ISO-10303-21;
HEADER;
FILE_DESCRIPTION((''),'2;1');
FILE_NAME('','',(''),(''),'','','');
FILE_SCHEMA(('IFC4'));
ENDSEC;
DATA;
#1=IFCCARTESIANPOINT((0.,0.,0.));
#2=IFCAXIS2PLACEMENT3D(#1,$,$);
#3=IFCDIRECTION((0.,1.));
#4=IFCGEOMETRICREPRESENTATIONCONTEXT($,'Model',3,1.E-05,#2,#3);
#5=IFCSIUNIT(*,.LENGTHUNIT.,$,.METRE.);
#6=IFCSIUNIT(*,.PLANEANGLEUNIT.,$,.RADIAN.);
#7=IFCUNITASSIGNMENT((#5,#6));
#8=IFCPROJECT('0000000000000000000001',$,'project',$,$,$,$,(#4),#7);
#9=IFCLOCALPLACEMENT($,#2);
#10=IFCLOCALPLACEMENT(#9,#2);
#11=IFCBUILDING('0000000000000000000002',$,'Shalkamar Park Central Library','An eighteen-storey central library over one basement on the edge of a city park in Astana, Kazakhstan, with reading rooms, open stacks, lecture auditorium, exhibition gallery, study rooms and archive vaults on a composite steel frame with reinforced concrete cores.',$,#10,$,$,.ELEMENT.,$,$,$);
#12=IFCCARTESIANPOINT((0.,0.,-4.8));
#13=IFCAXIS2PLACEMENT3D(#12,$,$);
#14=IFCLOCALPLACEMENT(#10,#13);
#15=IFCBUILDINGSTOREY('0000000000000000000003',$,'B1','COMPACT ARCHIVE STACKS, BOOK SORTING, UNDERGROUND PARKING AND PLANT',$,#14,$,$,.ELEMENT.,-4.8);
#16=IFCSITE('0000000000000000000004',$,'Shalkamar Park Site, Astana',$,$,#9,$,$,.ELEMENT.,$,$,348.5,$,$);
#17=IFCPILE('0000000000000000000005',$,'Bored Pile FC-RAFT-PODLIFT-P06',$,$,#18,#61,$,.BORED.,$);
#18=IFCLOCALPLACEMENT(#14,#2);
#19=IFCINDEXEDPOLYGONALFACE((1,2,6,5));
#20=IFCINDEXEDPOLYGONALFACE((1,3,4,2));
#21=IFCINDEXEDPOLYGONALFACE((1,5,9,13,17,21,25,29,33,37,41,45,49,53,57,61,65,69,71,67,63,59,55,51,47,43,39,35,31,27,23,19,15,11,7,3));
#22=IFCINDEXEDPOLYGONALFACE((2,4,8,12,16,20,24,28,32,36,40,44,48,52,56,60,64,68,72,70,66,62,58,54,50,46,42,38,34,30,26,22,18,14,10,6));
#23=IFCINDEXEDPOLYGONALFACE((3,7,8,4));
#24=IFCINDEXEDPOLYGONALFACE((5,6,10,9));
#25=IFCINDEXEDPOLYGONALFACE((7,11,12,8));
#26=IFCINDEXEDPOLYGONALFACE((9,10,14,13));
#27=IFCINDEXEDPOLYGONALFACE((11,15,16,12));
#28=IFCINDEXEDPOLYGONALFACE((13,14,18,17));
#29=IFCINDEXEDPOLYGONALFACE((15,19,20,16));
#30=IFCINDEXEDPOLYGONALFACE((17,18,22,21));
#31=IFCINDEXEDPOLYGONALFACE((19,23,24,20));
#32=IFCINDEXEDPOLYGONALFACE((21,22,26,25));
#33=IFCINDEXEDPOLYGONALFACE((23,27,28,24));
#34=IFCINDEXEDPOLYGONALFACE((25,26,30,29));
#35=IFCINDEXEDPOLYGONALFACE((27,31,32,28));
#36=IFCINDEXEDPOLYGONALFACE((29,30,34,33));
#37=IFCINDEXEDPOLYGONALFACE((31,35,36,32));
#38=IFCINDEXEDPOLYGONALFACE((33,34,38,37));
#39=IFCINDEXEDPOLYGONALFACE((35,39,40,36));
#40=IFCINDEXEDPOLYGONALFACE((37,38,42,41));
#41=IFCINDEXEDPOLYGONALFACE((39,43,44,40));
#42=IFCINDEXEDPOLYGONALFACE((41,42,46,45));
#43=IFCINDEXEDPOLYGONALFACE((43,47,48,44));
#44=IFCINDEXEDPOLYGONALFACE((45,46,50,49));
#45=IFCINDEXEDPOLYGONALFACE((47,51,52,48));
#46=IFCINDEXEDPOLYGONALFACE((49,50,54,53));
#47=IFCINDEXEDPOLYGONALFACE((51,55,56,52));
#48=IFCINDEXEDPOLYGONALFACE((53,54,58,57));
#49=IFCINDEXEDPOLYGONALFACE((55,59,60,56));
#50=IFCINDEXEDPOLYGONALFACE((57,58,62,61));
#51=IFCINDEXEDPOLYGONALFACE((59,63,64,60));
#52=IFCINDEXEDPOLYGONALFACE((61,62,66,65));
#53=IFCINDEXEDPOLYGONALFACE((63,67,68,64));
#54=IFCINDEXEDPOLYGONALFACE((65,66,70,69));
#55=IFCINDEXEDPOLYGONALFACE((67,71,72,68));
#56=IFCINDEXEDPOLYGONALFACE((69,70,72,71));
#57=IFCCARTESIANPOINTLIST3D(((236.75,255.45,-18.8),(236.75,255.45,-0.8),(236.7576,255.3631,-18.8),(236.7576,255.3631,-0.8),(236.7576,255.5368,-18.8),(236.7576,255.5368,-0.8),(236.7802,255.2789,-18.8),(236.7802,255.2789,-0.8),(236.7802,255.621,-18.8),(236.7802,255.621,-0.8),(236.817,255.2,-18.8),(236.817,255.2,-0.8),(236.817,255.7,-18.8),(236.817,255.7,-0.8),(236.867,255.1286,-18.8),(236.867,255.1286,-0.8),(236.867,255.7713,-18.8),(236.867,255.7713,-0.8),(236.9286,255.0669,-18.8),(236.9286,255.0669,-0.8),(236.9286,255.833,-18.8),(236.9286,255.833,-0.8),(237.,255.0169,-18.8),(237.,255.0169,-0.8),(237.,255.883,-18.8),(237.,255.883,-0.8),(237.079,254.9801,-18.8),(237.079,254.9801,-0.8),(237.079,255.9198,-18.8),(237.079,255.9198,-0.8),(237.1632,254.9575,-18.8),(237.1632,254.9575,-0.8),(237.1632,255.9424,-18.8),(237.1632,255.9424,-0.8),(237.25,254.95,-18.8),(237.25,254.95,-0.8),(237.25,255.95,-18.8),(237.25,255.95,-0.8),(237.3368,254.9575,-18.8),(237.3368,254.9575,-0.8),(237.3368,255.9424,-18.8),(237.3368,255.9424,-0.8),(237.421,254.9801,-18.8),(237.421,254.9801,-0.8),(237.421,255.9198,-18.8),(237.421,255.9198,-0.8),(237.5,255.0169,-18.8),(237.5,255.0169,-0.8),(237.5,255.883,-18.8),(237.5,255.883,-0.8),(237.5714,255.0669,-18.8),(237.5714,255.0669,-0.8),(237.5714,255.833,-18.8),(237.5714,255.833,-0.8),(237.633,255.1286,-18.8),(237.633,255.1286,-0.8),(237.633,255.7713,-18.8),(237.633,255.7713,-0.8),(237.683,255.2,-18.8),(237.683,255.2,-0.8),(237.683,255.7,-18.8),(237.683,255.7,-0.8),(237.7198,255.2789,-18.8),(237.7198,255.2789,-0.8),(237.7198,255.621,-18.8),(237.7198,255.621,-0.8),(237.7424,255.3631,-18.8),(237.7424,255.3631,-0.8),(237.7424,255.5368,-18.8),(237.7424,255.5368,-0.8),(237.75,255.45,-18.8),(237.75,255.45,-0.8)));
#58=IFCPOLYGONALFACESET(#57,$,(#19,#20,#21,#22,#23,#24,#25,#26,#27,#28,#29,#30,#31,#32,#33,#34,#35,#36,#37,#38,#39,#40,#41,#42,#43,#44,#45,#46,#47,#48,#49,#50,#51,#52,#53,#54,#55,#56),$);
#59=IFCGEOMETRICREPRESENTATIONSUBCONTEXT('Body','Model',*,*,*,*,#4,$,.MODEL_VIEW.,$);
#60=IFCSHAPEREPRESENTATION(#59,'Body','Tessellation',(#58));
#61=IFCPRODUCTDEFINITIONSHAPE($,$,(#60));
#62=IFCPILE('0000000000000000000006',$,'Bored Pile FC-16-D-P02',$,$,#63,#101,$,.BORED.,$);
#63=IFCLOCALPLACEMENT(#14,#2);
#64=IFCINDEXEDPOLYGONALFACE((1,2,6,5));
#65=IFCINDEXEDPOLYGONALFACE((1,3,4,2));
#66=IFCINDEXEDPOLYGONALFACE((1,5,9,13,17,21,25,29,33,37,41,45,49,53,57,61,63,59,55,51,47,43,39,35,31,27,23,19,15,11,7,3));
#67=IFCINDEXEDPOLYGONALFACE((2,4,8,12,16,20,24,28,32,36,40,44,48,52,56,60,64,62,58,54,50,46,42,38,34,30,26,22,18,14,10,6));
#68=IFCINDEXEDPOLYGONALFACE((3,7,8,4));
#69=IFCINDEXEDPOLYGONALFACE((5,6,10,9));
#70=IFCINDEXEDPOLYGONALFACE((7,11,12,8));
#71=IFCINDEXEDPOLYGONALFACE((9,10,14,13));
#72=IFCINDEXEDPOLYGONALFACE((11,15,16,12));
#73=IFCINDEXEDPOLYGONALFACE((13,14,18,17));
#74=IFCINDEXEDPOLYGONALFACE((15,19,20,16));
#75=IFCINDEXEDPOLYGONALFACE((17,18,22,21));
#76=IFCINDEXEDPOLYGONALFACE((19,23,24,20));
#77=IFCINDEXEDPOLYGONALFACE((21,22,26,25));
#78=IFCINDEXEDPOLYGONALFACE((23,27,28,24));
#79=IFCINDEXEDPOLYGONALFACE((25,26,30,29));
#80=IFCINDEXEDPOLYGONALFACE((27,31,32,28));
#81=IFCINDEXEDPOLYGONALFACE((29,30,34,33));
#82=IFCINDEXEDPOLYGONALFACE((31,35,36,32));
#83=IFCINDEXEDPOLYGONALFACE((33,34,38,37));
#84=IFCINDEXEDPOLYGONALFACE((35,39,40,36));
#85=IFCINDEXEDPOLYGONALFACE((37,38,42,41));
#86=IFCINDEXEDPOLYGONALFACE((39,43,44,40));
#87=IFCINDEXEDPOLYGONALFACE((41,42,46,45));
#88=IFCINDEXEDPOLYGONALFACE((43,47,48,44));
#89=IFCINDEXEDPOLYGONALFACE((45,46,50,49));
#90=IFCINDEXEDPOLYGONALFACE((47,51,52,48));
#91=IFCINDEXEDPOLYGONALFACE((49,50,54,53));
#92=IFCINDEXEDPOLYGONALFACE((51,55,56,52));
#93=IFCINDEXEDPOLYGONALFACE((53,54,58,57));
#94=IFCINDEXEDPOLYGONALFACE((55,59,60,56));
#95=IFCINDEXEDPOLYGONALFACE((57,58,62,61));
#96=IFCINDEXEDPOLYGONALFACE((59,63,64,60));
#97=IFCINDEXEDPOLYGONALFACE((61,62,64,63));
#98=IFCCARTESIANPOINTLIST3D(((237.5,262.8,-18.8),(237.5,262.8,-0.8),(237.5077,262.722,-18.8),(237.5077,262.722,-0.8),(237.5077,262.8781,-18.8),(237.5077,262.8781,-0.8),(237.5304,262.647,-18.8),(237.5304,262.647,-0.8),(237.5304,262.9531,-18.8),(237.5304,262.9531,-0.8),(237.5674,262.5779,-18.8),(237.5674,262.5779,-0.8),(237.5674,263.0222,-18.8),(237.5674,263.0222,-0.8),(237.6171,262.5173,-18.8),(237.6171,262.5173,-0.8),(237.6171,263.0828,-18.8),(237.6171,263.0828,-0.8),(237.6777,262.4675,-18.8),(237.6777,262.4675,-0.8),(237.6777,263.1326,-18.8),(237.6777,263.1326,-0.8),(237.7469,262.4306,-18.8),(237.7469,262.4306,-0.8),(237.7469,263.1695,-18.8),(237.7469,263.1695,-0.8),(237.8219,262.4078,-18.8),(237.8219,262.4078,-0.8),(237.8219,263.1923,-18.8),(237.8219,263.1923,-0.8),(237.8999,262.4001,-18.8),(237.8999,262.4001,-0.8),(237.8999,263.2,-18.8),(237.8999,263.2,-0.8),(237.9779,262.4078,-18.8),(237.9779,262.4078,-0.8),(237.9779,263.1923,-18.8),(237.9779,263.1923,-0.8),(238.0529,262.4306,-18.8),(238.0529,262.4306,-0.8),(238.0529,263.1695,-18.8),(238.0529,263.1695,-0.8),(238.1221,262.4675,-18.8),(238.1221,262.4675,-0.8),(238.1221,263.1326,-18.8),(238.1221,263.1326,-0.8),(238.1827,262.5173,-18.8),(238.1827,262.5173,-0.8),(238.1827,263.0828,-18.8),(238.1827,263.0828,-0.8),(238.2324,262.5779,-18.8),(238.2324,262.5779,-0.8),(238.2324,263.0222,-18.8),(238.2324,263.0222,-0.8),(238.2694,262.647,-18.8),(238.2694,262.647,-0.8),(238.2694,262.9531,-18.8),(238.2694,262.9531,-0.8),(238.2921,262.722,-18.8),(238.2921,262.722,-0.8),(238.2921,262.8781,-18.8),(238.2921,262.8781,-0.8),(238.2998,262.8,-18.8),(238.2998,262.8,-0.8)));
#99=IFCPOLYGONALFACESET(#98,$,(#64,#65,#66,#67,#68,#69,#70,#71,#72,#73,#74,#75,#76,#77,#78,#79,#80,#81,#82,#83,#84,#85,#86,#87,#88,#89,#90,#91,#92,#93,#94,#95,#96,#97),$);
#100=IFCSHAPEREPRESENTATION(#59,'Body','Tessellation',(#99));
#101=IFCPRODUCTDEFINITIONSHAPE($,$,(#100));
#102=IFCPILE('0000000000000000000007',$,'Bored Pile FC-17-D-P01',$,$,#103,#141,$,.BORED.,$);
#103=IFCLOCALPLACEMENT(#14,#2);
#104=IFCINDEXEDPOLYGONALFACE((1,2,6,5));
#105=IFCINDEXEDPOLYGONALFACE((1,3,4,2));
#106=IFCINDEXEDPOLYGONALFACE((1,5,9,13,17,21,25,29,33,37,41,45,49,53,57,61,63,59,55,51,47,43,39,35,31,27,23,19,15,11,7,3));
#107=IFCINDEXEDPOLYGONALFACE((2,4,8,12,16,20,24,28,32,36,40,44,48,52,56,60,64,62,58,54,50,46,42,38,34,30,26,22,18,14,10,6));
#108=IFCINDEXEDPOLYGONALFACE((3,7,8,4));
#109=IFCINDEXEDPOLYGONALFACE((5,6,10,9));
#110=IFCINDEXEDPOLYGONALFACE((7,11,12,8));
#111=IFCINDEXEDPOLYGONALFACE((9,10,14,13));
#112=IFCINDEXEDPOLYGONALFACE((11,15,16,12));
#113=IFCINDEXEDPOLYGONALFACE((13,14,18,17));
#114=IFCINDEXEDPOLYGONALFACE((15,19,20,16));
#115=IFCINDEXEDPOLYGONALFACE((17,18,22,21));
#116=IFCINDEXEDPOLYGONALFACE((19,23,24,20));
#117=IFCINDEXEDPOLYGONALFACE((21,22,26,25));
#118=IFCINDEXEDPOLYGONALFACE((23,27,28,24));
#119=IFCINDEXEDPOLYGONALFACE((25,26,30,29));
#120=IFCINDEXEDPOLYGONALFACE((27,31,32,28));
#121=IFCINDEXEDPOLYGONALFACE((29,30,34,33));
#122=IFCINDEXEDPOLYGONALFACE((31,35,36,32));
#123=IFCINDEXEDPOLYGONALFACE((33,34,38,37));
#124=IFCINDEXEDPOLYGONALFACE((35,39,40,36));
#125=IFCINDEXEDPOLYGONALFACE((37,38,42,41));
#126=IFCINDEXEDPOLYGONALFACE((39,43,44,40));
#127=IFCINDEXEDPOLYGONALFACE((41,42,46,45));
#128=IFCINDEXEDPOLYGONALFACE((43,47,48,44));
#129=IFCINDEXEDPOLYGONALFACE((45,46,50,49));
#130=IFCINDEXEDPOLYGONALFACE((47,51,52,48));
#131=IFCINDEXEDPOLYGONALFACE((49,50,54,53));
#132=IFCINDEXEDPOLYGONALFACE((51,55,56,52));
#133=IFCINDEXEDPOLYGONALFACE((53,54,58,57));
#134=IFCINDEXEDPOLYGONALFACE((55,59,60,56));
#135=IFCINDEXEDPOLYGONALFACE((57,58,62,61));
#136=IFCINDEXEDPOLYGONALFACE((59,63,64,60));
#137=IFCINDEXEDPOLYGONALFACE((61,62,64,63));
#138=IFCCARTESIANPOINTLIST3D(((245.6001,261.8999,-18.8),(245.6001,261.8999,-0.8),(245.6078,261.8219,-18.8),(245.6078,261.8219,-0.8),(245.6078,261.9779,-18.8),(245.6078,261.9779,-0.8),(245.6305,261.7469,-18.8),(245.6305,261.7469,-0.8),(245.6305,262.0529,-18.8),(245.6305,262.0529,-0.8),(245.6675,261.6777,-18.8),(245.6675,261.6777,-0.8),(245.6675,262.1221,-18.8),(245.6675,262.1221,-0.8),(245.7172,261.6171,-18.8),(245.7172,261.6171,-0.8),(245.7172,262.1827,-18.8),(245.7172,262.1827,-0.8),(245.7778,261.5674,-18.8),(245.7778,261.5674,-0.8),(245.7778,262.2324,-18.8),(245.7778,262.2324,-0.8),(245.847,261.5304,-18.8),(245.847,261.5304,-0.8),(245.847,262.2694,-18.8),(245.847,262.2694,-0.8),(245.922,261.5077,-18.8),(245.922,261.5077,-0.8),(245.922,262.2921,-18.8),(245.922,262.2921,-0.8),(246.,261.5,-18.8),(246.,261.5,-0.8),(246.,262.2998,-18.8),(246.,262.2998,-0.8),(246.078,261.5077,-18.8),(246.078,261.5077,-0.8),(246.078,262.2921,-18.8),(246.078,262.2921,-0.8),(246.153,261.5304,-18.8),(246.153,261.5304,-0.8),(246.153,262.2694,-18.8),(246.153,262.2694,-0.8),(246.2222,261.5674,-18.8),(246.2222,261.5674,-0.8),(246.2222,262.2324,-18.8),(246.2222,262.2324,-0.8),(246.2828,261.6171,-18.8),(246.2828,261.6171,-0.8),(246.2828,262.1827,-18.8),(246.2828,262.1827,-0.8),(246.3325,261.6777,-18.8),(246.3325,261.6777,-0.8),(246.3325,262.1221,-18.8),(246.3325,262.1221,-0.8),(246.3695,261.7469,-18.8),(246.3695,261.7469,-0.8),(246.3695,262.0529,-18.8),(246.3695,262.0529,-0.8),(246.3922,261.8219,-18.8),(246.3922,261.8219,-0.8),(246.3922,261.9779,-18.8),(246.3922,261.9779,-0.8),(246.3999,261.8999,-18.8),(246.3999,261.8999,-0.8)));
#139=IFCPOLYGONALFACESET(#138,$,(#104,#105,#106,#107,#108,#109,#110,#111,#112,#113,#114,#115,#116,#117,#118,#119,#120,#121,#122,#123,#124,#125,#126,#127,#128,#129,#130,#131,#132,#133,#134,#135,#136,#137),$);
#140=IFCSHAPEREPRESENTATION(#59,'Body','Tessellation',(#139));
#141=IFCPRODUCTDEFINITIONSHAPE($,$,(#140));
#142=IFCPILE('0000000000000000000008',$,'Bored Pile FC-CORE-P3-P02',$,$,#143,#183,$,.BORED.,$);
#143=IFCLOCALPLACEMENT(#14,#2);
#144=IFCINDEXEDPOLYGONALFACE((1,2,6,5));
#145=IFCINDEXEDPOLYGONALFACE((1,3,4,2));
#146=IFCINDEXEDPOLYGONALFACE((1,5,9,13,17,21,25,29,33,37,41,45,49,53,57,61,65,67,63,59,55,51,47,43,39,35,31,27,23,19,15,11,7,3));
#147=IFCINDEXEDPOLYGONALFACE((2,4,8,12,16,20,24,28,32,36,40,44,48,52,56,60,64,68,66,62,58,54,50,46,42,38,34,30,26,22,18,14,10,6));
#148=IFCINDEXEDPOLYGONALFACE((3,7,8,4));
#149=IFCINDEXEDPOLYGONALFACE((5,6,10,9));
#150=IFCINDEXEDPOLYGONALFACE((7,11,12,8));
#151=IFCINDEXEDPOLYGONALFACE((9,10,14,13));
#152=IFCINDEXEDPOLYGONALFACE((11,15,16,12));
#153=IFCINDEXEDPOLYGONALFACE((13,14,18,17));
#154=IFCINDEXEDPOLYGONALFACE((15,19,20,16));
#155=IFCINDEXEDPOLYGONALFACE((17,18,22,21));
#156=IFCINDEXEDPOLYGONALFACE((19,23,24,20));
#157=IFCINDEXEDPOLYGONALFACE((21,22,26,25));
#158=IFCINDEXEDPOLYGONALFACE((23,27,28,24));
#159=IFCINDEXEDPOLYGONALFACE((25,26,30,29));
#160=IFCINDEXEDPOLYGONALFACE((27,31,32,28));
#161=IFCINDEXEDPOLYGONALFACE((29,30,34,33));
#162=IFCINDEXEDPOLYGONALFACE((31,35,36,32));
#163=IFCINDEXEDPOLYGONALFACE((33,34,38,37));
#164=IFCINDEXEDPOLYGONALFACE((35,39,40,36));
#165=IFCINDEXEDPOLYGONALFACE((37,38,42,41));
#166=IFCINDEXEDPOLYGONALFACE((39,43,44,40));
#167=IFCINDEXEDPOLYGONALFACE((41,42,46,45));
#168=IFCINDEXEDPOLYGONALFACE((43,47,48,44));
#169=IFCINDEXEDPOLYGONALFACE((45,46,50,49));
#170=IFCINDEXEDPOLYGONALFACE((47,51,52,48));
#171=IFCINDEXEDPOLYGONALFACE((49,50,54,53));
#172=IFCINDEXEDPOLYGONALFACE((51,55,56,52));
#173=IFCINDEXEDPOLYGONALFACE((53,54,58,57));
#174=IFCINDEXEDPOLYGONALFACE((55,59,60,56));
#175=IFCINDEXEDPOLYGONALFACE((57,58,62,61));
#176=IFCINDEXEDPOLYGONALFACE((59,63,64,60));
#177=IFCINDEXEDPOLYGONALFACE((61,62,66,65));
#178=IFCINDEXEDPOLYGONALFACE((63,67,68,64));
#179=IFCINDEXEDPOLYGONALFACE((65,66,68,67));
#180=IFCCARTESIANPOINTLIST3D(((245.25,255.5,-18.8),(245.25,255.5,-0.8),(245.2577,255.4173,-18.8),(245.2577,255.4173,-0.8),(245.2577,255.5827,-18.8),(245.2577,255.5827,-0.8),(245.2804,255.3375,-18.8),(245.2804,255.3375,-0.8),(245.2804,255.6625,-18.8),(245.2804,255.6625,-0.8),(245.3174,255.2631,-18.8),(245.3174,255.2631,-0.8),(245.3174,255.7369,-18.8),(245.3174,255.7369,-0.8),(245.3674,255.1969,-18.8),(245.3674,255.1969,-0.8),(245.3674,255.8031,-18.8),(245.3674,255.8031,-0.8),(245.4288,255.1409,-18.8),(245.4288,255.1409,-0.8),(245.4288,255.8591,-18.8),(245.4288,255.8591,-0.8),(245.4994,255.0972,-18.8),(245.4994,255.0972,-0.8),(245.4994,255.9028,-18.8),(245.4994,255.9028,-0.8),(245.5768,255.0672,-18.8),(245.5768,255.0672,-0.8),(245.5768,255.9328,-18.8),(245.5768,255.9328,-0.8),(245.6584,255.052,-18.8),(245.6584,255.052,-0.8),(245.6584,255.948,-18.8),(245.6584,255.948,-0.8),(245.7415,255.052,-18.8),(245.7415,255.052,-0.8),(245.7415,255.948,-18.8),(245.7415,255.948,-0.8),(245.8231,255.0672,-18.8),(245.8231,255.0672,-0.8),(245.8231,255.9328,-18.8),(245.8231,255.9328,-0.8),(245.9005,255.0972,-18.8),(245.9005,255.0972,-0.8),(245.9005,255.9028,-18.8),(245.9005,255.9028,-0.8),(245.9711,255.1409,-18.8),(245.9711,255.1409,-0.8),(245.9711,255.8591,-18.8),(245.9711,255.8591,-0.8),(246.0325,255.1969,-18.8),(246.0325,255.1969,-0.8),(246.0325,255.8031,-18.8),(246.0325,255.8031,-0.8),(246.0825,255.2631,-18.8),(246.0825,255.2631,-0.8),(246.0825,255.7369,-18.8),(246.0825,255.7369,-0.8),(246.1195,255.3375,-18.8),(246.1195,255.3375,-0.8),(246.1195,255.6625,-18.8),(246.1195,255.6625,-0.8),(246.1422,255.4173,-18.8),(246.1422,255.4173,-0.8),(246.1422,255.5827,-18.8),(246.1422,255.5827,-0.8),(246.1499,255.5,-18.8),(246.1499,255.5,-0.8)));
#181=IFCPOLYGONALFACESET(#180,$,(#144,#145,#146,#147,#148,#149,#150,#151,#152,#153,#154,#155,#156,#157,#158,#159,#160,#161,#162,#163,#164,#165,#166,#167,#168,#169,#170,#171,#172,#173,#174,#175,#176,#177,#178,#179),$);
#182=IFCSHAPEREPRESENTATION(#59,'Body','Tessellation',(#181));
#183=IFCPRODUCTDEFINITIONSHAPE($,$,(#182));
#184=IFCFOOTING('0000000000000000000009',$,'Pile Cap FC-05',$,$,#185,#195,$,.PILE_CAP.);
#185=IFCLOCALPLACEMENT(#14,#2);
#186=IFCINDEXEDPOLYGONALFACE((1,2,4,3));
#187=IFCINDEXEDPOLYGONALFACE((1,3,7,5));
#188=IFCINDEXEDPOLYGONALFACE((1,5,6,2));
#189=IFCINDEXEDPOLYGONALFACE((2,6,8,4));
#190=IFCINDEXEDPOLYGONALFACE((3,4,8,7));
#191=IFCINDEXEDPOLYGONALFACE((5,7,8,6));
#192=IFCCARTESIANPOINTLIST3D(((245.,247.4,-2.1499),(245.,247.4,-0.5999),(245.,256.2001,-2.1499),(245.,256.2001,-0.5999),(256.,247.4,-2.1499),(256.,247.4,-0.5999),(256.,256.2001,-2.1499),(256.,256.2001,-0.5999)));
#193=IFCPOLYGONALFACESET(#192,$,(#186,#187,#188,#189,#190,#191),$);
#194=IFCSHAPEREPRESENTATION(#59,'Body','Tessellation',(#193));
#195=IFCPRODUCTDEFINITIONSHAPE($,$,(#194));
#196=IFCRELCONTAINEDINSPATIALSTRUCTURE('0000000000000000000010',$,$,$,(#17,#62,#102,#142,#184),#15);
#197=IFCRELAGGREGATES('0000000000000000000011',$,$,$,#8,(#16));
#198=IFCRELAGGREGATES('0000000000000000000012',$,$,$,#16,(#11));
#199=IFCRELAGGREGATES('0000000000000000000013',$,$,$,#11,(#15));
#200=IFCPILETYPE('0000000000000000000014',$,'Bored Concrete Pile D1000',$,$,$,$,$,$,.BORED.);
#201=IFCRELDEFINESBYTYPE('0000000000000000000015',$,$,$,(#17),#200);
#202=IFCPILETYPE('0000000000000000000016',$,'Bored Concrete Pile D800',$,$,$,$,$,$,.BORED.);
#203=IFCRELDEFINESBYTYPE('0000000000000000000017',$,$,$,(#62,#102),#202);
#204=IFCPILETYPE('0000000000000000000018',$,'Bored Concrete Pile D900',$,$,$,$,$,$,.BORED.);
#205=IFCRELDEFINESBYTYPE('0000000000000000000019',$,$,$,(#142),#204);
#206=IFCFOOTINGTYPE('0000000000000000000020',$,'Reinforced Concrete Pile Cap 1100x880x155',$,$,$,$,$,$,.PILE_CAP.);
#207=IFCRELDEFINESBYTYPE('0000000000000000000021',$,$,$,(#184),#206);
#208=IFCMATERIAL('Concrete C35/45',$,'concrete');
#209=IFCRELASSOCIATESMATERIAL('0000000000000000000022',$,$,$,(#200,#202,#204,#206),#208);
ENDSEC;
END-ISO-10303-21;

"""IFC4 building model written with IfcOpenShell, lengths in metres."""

from ifc_helpers import new_model, si_unit, direction, frame, origin, origin_2d, place, context, subcontext, project, spatial, rectangle, circle, extrude, material, material_profile, profile_set, type_object, element, save


model = new_model("IFC4")

# Units and contexts
model_context = context("Model", 3, precision=1e-05, world=origin(), true_north=direction((0.0, 1.0)))
body_context = subcontext(model_context, "Body", "Model", "MODEL_VIEW")
ifc_project = project(units=[si_unit("LENGTHUNIT", "METRE"), si_unit("PLANEANGLEUNIT", "RADIAN")], contexts=[model_context])

# Site, building, storey
site_placement = place(None, origin())
site = spatial("IfcSite", under=ifc_project, at=site_placement, Name="Shalkamar Park Site, Astana", CompositionType="ELEMENT", RefElevation=348.5)
building_placement = place(site_placement, origin())
building = spatial("IfcBuilding", under=site, at=building_placement, Name="Shalkamar Park Central Library", Description="An eighteen-storey central library over one basement on the edge of a city park in Astana, Kazakhstan, with reading rooms, open stacks, lecture auditorium, exhibition gallery, study rooms and archive vaults on a composite steel frame with reinforced concrete cores.", CompositionType="ELEMENT")
storey_placement = place(building_placement, frame((0.0, 0.0, -4.8)))
storey = spatial("IfcBuildingStorey", under=building, at=storey_placement, Name="B1", Description="COMPACT ARCHIVE STACKS, BOOK SORTING, UNDERGROUND PARKING AND PLANT", CompositionType="ELEMENT", Elevation=-4.8)

# Piles
ifc_material_1 = material(Name="Concrete C35/45", Category="concrete")
ifc_material_profile_1 = material_profile(ifc_material_1, circle(Radius=0.5, at=origin_2d()), Name="PILE D1000")
ifc_profile_set_1 = profile_set([ifc_material_profile_1], Name="Concrete C35/45")
pile_type_1 = type_object("IfcPileType", Name="Bored Concrete Pile D1000", PredefinedType="BORED", material=ifc_profile_set_1)
pile_1_placement = place(storey_placement, frame((237.25, 255.45, -0.8), z_axis=(0.0, 0.0, -1.0), x_axis=(1.0, 0.0, 0.0)))
element("IfcPile", 1, at=pile_1_placement, inside=storey, type_object=pile_type_1, Name="Bored Pile FC-RAFT-PODLIFT-P06", PredefinedType="BORED", context=body_context, shape_type="SweptSolid", body=[
    extrude(circle(Radius=0.5, at=origin_2d()), origin(), (0.0, 0.0, 1.0), 18.0),
])
ifc_material_profile_2 = material_profile(ifc_material_1, circle(Radius=0.3999, at=origin_2d()), Name="PILE D800")
ifc_profile_set_2 = profile_set([ifc_material_profile_2], Name="Concrete C35/45")
pile_type_2 = type_object("IfcPileType", Name="Bored Concrete Pile D800", PredefinedType="BORED", material=ifc_profile_set_2)
for number, where, z_axis, x_axis, name in (
    (2, (237.8999, 262.8, -0.8), (0.0, 0.0, -1.0), (1.0, 0.0, 0.0), "Bored Pile FC-16-D-P02"),
    (3, (246.0, 261.8999, -0.8), (0.0, 0.0, -1.0), (1.0, 0.0, 0.0), "Bored Pile FC-17-D-P01"),
):
    element("IfcPile", number, at=place(storey_placement, frame(where, z_axis=z_axis, x_axis=x_axis)), inside=storey, type_object=pile_type_2, Name=name, PredefinedType="BORED", context=body_context, shape_type="SweptSolid", body=[
        extrude(circle(Radius=0.3999, at=origin_2d()), origin(), (0.0, 0.0, 1.0), 18.0),
    ])
ifc_material_profile_3 = material_profile(ifc_material_1, circle(Radius=0.45, at=origin_2d()), Name="PILE D900")
ifc_profile_set_3 = profile_set([ifc_material_profile_3], Name="Concrete C35/45")
pile_type_3 = type_object("IfcPileType", Name="Bored Concrete Pile D900", PredefinedType="BORED", material=ifc_profile_set_3)
pile_2_placement = place(storey_placement, frame((245.7, 255.5, -0.8), z_axis=(0.0, 0.0, -1.0), x_axis=(1.0, 0.0, 0.0)))
element("IfcPile", 4, at=pile_2_placement, inside=storey, type_object=pile_type_3, Name="Bored Pile FC-CORE-P3-P02", PredefinedType="BORED", context=body_context, shape_type="SweptSolid", body=[
    extrude(circle(Radius=0.45, at=origin_2d()), origin(), (0.0, 0.0, 1.0), 18.0),
])

# Footing
footing_type_1 = type_object("IfcFootingType", Name="Reinforced Concrete Pile Cap 1100x880x155", PredefinedType="PILE_CAP", material=ifc_material_1)
footing_1_placement = place(storey_placement, frame((250.5, 251.8, -2.1499), z_axis=(0.0, 0.0, 1.0), x_axis=(1.0, 0.0, 0.0)))
element("IfcFooting", 5, at=footing_1_placement, inside=storey, type_object=footing_type_1, Name="Pile Cap FC-05", PredefinedType="PILE_CAP", context=body_context, shape_type="SweptSolid", body=[
    extrude(rectangle(XDim=11.0, YDim=8.8, at=origin_2d()), origin(), (0.0, 0.0, 1.0), 1.55),
])

save(model, "model.ifc")
